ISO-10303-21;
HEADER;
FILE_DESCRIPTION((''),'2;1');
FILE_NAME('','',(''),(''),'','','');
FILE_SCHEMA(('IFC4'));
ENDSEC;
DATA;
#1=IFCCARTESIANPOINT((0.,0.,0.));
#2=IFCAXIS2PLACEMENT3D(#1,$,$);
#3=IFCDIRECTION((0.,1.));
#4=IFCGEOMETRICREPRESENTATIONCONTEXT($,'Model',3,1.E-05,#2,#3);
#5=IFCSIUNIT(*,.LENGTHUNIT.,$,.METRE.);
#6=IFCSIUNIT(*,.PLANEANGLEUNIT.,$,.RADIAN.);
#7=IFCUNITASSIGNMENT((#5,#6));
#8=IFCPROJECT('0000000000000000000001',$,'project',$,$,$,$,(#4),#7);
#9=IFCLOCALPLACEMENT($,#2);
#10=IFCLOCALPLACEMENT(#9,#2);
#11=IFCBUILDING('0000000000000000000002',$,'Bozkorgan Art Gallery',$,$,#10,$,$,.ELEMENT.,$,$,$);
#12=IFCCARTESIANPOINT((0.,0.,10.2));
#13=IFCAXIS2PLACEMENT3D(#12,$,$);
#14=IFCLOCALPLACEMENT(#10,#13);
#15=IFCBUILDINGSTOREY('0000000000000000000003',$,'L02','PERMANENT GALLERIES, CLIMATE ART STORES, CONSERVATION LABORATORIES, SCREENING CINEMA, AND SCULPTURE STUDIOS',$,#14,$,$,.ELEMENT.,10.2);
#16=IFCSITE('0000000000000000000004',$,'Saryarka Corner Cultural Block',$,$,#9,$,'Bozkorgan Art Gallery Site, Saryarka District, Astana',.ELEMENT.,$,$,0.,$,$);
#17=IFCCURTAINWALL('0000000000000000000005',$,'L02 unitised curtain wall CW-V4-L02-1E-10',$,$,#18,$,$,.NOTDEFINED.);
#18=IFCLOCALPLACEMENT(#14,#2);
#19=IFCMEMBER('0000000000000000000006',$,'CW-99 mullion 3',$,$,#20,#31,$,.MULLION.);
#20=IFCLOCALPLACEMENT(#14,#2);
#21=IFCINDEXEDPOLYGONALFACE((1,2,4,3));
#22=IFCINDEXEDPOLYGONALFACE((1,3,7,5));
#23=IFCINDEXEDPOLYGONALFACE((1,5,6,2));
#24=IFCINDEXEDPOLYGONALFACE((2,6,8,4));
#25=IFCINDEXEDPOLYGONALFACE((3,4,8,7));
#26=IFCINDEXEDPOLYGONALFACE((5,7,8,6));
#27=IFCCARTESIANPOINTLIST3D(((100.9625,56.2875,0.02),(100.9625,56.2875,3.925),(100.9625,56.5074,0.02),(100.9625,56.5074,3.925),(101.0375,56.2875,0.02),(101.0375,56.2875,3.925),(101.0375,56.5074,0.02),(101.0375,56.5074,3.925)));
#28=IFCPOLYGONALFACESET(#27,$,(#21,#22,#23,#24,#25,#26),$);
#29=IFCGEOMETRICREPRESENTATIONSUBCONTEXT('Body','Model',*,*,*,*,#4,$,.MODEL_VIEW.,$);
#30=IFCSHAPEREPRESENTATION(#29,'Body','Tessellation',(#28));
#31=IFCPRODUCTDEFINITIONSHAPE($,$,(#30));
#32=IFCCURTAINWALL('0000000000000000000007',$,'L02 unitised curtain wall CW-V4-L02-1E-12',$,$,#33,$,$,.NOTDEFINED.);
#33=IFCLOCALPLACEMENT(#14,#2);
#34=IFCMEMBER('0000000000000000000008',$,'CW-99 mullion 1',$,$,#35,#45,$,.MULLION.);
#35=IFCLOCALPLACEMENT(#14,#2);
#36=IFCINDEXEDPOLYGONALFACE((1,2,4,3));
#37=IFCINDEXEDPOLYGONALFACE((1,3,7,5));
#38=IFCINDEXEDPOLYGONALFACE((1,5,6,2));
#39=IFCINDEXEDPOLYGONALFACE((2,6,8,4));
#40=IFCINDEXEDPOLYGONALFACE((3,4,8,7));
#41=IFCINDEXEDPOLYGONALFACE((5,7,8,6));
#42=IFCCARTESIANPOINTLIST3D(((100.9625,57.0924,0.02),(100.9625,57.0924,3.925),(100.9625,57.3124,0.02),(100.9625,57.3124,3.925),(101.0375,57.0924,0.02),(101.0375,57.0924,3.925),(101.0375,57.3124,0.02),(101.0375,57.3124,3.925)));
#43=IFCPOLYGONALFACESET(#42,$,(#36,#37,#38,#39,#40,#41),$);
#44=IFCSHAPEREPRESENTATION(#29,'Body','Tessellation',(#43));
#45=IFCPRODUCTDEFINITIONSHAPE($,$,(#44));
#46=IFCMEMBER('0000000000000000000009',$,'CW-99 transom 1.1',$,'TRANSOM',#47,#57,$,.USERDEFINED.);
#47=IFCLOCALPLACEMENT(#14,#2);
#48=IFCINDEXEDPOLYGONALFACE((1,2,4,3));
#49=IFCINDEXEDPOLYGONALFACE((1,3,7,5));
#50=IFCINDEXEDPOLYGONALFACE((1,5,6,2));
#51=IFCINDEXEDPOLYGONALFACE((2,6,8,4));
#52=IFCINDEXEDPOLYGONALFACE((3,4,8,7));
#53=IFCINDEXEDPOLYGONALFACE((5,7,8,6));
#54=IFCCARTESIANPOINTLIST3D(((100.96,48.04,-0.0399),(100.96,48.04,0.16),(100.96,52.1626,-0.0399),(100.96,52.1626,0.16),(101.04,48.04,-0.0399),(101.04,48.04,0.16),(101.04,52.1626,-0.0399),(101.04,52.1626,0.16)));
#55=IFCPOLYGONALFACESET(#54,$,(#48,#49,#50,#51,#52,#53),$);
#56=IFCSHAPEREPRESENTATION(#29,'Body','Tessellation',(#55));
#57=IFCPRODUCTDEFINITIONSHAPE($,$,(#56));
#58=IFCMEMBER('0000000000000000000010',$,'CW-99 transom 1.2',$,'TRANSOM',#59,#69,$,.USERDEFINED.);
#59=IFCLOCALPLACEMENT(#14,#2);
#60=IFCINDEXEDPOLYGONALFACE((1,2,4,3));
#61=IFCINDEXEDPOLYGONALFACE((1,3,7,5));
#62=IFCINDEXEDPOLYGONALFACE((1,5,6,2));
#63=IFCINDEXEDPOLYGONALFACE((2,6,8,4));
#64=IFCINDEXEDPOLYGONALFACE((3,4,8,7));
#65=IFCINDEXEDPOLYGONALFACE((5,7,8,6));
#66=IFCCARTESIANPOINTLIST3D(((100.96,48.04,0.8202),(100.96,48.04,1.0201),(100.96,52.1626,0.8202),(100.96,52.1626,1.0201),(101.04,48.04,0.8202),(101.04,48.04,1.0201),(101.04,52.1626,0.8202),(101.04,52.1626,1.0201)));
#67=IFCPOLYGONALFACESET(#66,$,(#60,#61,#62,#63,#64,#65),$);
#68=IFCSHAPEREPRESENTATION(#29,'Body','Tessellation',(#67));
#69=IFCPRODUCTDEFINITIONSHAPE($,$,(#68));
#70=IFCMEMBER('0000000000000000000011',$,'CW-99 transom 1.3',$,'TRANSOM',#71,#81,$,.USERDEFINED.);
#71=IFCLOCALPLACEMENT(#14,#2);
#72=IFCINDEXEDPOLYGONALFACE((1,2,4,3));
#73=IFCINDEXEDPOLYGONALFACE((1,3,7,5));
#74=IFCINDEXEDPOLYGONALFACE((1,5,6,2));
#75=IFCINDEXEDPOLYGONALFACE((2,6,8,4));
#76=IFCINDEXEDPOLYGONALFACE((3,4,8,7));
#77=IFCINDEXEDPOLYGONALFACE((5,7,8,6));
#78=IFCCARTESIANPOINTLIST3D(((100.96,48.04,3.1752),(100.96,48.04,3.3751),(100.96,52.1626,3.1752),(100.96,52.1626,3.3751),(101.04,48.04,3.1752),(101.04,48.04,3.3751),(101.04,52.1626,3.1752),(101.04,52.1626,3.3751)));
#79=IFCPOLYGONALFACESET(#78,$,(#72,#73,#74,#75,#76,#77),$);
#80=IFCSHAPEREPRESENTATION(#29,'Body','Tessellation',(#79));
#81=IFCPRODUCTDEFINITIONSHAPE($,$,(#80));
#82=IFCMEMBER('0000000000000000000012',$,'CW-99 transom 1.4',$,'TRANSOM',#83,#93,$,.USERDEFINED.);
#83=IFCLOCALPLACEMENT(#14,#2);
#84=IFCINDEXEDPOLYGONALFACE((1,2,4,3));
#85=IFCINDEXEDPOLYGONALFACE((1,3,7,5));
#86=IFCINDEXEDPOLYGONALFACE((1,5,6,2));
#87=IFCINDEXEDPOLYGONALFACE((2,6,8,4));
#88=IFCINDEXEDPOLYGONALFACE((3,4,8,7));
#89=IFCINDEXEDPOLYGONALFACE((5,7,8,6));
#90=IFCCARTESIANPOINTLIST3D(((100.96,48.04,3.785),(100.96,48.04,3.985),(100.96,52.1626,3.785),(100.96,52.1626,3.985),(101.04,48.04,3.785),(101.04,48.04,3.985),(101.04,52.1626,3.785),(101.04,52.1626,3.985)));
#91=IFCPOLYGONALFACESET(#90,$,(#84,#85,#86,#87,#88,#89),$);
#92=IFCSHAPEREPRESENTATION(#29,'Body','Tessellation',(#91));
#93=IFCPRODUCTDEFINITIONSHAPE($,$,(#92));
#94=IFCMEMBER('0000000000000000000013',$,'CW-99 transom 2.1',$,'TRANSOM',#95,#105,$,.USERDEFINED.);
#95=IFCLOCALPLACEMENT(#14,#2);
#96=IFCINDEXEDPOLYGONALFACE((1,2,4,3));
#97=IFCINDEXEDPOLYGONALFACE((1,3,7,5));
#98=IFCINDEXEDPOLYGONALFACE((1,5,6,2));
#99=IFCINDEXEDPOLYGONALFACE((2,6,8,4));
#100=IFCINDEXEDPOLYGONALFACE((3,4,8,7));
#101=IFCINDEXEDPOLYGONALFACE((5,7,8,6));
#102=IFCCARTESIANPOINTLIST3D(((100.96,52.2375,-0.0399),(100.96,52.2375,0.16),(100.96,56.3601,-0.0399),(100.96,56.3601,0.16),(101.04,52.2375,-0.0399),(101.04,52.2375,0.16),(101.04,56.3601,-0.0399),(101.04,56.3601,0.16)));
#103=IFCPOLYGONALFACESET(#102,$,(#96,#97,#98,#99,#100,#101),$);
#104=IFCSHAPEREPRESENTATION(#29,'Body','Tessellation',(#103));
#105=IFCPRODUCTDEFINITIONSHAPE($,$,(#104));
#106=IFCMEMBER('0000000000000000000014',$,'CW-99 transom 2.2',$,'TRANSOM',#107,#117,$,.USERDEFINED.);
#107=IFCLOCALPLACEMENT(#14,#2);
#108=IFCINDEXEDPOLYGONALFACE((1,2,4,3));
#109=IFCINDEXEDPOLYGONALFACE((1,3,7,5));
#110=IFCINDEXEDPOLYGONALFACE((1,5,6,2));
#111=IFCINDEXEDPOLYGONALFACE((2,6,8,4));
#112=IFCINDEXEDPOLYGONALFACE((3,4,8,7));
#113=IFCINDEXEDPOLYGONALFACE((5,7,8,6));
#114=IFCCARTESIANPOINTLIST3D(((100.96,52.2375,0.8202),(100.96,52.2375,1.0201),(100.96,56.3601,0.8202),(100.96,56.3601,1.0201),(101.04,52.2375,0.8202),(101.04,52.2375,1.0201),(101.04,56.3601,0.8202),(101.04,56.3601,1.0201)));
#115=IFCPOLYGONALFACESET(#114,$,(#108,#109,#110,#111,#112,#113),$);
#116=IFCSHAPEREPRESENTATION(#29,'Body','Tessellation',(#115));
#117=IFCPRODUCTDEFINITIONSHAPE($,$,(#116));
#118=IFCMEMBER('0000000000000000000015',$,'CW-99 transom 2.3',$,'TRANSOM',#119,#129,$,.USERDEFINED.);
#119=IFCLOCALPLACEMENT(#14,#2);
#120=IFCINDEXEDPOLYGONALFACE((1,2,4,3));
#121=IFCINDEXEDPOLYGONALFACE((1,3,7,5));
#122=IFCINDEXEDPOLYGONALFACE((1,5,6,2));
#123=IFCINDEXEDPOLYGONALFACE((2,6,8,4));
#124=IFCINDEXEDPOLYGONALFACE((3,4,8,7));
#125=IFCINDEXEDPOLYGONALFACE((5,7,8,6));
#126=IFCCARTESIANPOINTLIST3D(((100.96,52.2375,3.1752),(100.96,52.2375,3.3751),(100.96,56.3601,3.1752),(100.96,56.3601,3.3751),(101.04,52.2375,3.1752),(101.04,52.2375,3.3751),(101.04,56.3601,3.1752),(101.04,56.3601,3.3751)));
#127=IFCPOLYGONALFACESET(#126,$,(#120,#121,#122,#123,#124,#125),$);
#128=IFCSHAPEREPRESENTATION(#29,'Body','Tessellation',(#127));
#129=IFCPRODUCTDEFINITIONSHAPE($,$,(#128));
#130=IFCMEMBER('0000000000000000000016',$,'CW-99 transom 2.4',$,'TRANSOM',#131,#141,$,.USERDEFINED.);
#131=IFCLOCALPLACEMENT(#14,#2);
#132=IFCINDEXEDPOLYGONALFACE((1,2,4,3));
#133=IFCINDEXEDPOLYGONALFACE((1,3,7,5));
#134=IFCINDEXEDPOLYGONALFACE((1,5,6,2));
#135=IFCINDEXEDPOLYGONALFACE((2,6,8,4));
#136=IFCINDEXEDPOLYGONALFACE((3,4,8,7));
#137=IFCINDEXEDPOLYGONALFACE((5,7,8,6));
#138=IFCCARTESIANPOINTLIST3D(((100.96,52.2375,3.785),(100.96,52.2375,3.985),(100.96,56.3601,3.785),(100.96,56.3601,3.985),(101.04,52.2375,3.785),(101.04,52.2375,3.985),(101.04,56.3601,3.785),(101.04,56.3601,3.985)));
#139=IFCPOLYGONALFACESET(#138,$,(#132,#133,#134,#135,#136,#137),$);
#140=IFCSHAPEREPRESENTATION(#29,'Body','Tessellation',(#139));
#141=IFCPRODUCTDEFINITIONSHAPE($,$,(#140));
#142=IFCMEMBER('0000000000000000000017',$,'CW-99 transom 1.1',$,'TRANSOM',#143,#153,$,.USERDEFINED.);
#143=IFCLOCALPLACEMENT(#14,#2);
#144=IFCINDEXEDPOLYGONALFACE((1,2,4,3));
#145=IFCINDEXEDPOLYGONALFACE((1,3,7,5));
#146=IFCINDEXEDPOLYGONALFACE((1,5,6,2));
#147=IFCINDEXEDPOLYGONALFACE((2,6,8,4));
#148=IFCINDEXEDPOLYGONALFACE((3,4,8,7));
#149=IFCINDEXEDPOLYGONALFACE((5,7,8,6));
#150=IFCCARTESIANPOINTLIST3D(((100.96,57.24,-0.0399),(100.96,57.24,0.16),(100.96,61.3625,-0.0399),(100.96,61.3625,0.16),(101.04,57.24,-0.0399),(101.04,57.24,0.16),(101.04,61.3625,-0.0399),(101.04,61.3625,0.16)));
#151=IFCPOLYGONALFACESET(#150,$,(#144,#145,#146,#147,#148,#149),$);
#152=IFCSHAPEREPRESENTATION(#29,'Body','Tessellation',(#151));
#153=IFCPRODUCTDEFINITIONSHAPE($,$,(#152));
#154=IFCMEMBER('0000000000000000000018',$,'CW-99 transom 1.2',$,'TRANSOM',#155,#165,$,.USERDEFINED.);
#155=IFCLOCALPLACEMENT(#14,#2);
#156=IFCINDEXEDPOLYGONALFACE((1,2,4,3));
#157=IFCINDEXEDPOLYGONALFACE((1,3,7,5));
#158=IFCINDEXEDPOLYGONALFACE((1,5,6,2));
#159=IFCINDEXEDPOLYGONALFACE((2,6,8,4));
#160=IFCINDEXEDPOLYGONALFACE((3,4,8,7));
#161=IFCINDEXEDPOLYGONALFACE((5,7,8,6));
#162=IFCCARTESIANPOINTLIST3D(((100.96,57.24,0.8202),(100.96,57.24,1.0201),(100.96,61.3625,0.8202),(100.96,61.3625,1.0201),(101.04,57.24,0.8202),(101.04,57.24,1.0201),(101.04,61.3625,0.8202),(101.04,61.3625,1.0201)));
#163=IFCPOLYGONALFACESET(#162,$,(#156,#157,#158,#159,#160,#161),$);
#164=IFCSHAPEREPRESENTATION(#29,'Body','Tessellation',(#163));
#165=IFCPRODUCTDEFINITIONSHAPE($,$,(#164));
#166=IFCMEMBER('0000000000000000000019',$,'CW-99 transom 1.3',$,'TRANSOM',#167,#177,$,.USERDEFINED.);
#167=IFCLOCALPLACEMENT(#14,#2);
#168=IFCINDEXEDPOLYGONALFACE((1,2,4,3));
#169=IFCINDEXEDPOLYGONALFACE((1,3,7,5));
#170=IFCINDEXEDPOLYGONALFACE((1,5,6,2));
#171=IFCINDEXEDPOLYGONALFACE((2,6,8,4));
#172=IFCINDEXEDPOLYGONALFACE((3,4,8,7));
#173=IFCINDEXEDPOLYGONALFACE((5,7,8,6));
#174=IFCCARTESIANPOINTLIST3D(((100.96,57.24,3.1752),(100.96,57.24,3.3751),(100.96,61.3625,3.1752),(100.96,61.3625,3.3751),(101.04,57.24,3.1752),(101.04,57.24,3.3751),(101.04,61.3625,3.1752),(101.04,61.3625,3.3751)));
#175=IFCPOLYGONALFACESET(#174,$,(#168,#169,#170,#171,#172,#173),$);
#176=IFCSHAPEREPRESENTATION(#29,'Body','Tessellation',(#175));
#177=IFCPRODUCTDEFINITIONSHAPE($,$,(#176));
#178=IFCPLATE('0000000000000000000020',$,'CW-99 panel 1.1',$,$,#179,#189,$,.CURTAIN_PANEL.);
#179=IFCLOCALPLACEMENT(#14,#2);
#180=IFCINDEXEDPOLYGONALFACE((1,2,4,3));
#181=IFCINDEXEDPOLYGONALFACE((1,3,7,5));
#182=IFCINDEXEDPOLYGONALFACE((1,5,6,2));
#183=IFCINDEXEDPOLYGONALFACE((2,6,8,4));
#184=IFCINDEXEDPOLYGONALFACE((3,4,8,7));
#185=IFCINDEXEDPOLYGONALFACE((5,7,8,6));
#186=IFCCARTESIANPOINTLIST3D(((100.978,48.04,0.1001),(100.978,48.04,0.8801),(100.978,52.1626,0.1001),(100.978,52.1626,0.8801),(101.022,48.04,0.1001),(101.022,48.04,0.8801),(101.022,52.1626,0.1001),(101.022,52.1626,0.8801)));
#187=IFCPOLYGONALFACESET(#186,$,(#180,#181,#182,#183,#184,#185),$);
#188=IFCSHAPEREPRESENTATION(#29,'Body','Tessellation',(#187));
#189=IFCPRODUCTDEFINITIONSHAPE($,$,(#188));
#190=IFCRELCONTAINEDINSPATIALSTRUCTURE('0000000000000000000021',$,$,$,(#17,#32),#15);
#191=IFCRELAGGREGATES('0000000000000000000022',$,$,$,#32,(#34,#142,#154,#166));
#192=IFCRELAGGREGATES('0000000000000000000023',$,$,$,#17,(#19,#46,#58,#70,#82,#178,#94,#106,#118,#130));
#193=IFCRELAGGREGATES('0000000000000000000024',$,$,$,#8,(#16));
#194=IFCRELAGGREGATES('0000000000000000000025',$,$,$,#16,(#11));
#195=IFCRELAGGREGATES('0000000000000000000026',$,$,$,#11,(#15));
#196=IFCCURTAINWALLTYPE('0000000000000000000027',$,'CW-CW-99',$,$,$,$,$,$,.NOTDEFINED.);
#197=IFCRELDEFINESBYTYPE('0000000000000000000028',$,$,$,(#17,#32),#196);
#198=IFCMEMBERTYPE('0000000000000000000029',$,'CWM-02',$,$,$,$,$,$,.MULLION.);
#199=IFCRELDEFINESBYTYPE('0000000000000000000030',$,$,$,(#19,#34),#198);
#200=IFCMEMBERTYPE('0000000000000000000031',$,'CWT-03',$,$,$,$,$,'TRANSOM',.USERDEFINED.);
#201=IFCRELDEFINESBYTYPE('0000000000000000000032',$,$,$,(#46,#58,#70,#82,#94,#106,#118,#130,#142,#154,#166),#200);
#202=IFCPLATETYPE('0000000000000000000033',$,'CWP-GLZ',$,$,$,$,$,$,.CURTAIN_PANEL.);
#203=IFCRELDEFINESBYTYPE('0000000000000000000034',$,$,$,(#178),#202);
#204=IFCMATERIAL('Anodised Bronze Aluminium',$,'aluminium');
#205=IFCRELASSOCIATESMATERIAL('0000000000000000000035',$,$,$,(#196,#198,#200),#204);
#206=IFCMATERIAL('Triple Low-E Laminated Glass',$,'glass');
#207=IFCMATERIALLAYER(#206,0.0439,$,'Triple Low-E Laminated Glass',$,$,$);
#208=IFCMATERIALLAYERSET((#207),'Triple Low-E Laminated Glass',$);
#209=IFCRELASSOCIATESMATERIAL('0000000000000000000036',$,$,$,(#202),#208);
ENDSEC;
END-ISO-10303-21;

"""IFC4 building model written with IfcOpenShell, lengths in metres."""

from ifc_helpers import new_model, si_unit, direction, frame, origin, origin_2d, place, context, subcontext, project, spatial, rectangle, extrude, material, layer, layer_set, material_profile, profile_set, type_object, element, aggregate, save


model = new_model("IFC4")

# Units and contexts
model_context = context("Model", 3, precision=1e-05, world=origin(), true_north=direction((0.0, 1.0)))
body_context = subcontext(model_context, "Body", "Model", "MODEL_VIEW")
ifc_project = project(units=[si_unit("LENGTHUNIT", "METRE"), si_unit("PLANEANGLEUNIT", "RADIAN")], contexts=[model_context])

# Site, building, storey
site_placement = place(None, origin())
site = spatial("IfcSite", under=ifc_project, at=site_placement, Name="Saryarka Corner Cultural Block", LongName="Bozkorgan Art Gallery Site, Saryarka District, Astana", CompositionType="ELEMENT", RefElevation=0.0)
building_placement = place(site_placement, origin())
building = spatial("IfcBuilding", under=site, at=building_placement, Name="Bozkorgan Art Gallery", CompositionType="ELEMENT")
storey_placement = place(building_placement, frame((0.0, 0.0, 10.2)))
storey = spatial("IfcBuildingStorey", under=building, at=storey_placement, Name="L02", Description="PERMANENT GALLERIES, CLIMATE ART STORES, CONSERVATION LABORATORIES, SCREENING CINEMA, AND SCULPTURE STUDIOS", CompositionType="ELEMENT", Elevation=10.2)

# Curtain wall, member
ifc_material_1 = material(Name="Anodised Bronze Aluminium", Category="aluminium")
curtain_wall_type = type_object("IfcCurtainWallType", Name="CW-CW-99", PredefinedType="NOTDEFINED", material=ifc_material_1)
curtain_wall_1_placement = place(storey_placement, origin())
curtain_wall_1 = element("IfcCurtainWall", 1, at=curtain_wall_1_placement, inside=storey, type_object=curtain_wall_type, Name="L02 unitised curtain wall CW-V4-L02-1E-10", PredefinedType="NOTDEFINED")
ifc_material_profile_1 = material_profile(ifc_material_1, rectangle(XDim=0.075, YDim=0.22, at=origin_2d()), Name="ALU MULLION 75x220")
ifc_profile_set_1 = profile_set([ifc_material_profile_1], Name="Anodised Bronze Aluminium")
member_type_1 = type_object("IfcMemberType", Name="CWM-02", PredefinedType="MULLION", material=ifc_profile_set_1)
member_1_placement = place(storey_placement, frame((101.0, 56.3975, 0.02), z_axis=(0.0, 0.0, 1.0), x_axis=(-1.0, 0.0, 0.0)))
member_1 = element("IfcMember", 2, at=member_1_placement, type_object=member_type_1, Name="CW-99 mullion 3", PredefinedType="MULLION", context=body_context, shape_type="SweptSolid", body=[
    extrude(rectangle(XDim=0.075, YDim=0.22, at=origin_2d()), origin(), (0.0, 0.0, 1.0), 3.905),
])

# Curtain wall, member
curtain_wall_2_placement = place(storey_placement, origin())
curtain_wall_2 = element("IfcCurtainWall", 3, at=curtain_wall_2_placement, inside=storey, type_object=curtain_wall_type, Name="L02 unitised curtain wall CW-V4-L02-1E-12", PredefinedType="NOTDEFINED")
member_2_placement = place(storey_placement, frame((101.0, 57.2024, 0.02), z_axis=(0.0, 0.0, 1.0), x_axis=(-1.0, 0.0, 0.0)))
member_2 = element("IfcMember", 4, at=member_2_placement, type_object=member_type_1, Name="CW-99 mullion 1", PredefinedType="MULLION", context=body_context, shape_type="SweptSolid", body=[
    extrude(rectangle(XDim=0.075, YDim=0.22, at=origin_2d()), origin(), (0.0, 0.0, 1.0), 3.905),
])

# Members
ifc_material_profile_2 = material_profile(ifc_material_1, rectangle(XDim=0.0801, YDim=0.2, at=origin_2d()), Name="ALU TRANSOM 80x200")
ifc_profile_set_2 = profile_set([ifc_material_profile_2], Name="Anodised Bronze Aluminium")
member_type_2 = type_object("IfcMemberType", Name="CWT-03", ElementType="TRANSOM", PredefinedType="USERDEFINED", material=ifc_profile_set_2)
member_3_placement = place(storey_placement, frame((101.0, 48.04, 0.0601), z_axis=(0.0, 1.0, 0.0), x_axis=(-1.0, 0.0, 0.0)))
member_3 = element("IfcMember", 5, at=member_3_placement, type_object=member_type_2, Name="CW-99 transom 1.1", ObjectType="TRANSOM", PredefinedType="USERDEFINED", context=body_context, shape_type="SweptSolid", body=[
    extrude(rectangle(XDim=0.0801, YDim=0.2, at=origin_2d()), origin(), (0.0, 0.0, 1.0), 4.1226),
])
member_4_placement = place(storey_placement, frame((101.0, 48.04, 0.9202), z_axis=(0.0, 1.0, 0.0), x_axis=(-1.0, 0.0, 0.0)))
member_4 = element("IfcMember", 6, at=member_4_placement, type_object=member_type_2, Name="CW-99 transom 1.2", ObjectType="TRANSOM", PredefinedType="USERDEFINED", context=body_context, shape_type="SweptSolid", body=[
    extrude(rectangle(XDim=0.0801, YDim=0.2, at=origin_2d()), origin(), (0.0, 0.0, 1.0), 4.1226),
])
member_5_placement = place(storey_placement, frame((101.0, 48.04, 3.2751), z_axis=(0.0, 1.0, 0.0), x_axis=(-1.0, 0.0, 0.0)))
member_5 = element("IfcMember", 7, at=member_5_placement, type_object=member_type_2, Name="CW-99 transom 1.3", ObjectType="TRANSOM", PredefinedType="USERDEFINED", context=body_context, shape_type="SweptSolid", body=[
    extrude(rectangle(XDim=0.0801, YDim=0.2, at=origin_2d()), origin(), (0.0, 0.0, 1.0), 4.1226),
])
member_6_placement = place(storey_placement, frame((101.0, 48.04, 3.885), z_axis=(0.0, 1.0, 0.0), x_axis=(-1.0, 0.0, 0.0)))
member_6 = element("IfcMember", 8, at=member_6_placement, type_object=member_type_2, Name="CW-99 transom 1.4", ObjectType="TRANSOM", PredefinedType="USERDEFINED", context=body_context, shape_type="SweptSolid", body=[
    extrude(rectangle(XDim=0.0801, YDim=0.2, at=origin_2d()), origin(), (0.0, 0.0, 1.0), 4.1226),
])
member_7_placement = place(storey_placement, frame((101.0, 52.2375, 0.0601), z_axis=(0.0, 1.0, 0.0), x_axis=(-1.0, 0.0, 0.0)))
member_7 = element("IfcMember", 9, at=member_7_placement, type_object=member_type_2, Name="CW-99 transom 2.1", ObjectType="TRANSOM", PredefinedType="USERDEFINED", context=body_context, shape_type="SweptSolid", body=[
    extrude(rectangle(XDim=0.0801, YDim=0.2, at=origin_2d()), origin(), (0.0, 0.0, 1.0), 4.1226),
])
member_8_placement = place(storey_placement, frame((101.0, 52.2375, 0.9202), z_axis=(0.0, 1.0, 0.0), x_axis=(-1.0, 0.0, 0.0)))
member_8 = element("IfcMember", 10, at=member_8_placement, type_object=member_type_2, Name="CW-99 transom 2.2", ObjectType="TRANSOM", PredefinedType="USERDEFINED", context=body_context, shape_type="SweptSolid", body=[
    extrude(rectangle(XDim=0.0801, YDim=0.2, at=origin_2d()), origin(), (0.0, 0.0, 1.0), 4.1226),
])
member_9_placement = place(storey_placement, frame((101.0, 52.2375, 3.2751), z_axis=(0.0, 1.0, 0.0), x_axis=(-1.0, 0.0, 0.0)))
member_9 = element("IfcMember", 11, at=member_9_placement, type_object=member_type_2, Name="CW-99 transom 2.3", ObjectType="TRANSOM", PredefinedType="USERDEFINED", context=body_context, shape_type="SweptSolid", body=[
    extrude(rectangle(XDim=0.0801, YDim=0.2, at=origin_2d()), origin(), (0.0, 0.0, 1.0), 4.1226),
])
member_10_placement = place(storey_placement, frame((101.0, 52.2375, 3.885), z_axis=(0.0, 1.0, 0.0), x_axis=(-1.0, 0.0, 0.0)))
member_10 = element("IfcMember", 12, at=member_10_placement, type_object=member_type_2, Name="CW-99 transom 2.4", ObjectType="TRANSOM", PredefinedType="USERDEFINED", context=body_context, shape_type="SweptSolid", body=[
    extrude(rectangle(XDim=0.0801, YDim=0.2, at=origin_2d()), origin(), (0.0, 0.0, 1.0), 4.1226),
])
member_11_placement = place(storey_placement, frame((101.0, 57.24, 0.0601), z_axis=(0.0, 1.0, 0.0), x_axis=(-1.0, 0.0, 0.0)))
member_11 = element("IfcMember", 13, at=member_11_placement, type_object=member_type_2, Name="CW-99 transom 1.1", ObjectType="TRANSOM", PredefinedType="USERDEFINED", context=body_context, shape_type="SweptSolid", body=[
    extrude(rectangle(XDim=0.0801, YDim=0.2, at=origin_2d()), origin(), (0.0, 0.0, 1.0), 4.1226),
])
member_12_placement = place(storey_placement, frame((101.0, 57.24, 0.9202), z_axis=(0.0, 1.0, 0.0), x_axis=(-1.0, 0.0, 0.0)))
member_12 = element("IfcMember", 14, at=member_12_placement, type_object=member_type_2, Name="CW-99 transom 1.2", ObjectType="TRANSOM", PredefinedType="USERDEFINED", context=body_context, shape_type="SweptSolid", body=[
    extrude(rectangle(XDim=0.0801, YDim=0.2, at=origin_2d()), origin(), (0.0, 0.0, 1.0), 4.1226),
])
member_13_placement = place(storey_placement, frame((101.0, 57.24, 3.2751), z_axis=(0.0, 1.0, 0.0), x_axis=(-1.0, 0.0, 0.0)))
member_13 = element("IfcMember", 15, at=member_13_placement, type_object=member_type_2, Name="CW-99 transom 1.3", ObjectType="TRANSOM", PredefinedType="USERDEFINED", context=body_context, shape_type="SweptSolid", body=[
    extrude(rectangle(XDim=0.0801, YDim=0.2, at=origin_2d()), origin(), (0.0, 0.0, 1.0), 4.1226),
])
aggregate(curtain_wall_2, [member_2, member_11, member_12, member_13])

# Plate
ifc_material_2 = material(Name="Triple Low-E Laminated Glass", Category="glass")
ifc_layer_1 = layer(ifc_material_2, 0.0439, Name="Triple Low-E Laminated Glass")
ifc_layer_set_1 = layer_set([ifc_layer_1], Name="Triple Low-E Laminated Glass")
plate_type = type_object("IfcPlateType", Name="CWP-GLZ", PredefinedType="CURTAIN_PANEL", material=ifc_layer_set_1)
plate_1_placement = place(storey_placement, frame((101.0, 50.1013, 0.1001), z_axis=(0.0, 0.0, 1.0), x_axis=(0.0, 1.0, 0.0)))
plate_1 = element("IfcPlate", 16, at=plate_1_placement, type_object=plate_type, Name="CW-99 panel 1.1", PredefinedType="CURTAIN_PANEL", context=body_context, shape_type="SweptSolid", body=[
    extrude(rectangle(XDim=4.1226, YDim=0.0439, at=origin_2d()), origin(), (0.0, 0.0, 1.0), 0.78),
])
aggregate(curtain_wall_1, [member_1, member_3, member_4, member_5, member_6, plate_1, member_7, member_8, member_9, member_10])

save(model, "model.ifc")
